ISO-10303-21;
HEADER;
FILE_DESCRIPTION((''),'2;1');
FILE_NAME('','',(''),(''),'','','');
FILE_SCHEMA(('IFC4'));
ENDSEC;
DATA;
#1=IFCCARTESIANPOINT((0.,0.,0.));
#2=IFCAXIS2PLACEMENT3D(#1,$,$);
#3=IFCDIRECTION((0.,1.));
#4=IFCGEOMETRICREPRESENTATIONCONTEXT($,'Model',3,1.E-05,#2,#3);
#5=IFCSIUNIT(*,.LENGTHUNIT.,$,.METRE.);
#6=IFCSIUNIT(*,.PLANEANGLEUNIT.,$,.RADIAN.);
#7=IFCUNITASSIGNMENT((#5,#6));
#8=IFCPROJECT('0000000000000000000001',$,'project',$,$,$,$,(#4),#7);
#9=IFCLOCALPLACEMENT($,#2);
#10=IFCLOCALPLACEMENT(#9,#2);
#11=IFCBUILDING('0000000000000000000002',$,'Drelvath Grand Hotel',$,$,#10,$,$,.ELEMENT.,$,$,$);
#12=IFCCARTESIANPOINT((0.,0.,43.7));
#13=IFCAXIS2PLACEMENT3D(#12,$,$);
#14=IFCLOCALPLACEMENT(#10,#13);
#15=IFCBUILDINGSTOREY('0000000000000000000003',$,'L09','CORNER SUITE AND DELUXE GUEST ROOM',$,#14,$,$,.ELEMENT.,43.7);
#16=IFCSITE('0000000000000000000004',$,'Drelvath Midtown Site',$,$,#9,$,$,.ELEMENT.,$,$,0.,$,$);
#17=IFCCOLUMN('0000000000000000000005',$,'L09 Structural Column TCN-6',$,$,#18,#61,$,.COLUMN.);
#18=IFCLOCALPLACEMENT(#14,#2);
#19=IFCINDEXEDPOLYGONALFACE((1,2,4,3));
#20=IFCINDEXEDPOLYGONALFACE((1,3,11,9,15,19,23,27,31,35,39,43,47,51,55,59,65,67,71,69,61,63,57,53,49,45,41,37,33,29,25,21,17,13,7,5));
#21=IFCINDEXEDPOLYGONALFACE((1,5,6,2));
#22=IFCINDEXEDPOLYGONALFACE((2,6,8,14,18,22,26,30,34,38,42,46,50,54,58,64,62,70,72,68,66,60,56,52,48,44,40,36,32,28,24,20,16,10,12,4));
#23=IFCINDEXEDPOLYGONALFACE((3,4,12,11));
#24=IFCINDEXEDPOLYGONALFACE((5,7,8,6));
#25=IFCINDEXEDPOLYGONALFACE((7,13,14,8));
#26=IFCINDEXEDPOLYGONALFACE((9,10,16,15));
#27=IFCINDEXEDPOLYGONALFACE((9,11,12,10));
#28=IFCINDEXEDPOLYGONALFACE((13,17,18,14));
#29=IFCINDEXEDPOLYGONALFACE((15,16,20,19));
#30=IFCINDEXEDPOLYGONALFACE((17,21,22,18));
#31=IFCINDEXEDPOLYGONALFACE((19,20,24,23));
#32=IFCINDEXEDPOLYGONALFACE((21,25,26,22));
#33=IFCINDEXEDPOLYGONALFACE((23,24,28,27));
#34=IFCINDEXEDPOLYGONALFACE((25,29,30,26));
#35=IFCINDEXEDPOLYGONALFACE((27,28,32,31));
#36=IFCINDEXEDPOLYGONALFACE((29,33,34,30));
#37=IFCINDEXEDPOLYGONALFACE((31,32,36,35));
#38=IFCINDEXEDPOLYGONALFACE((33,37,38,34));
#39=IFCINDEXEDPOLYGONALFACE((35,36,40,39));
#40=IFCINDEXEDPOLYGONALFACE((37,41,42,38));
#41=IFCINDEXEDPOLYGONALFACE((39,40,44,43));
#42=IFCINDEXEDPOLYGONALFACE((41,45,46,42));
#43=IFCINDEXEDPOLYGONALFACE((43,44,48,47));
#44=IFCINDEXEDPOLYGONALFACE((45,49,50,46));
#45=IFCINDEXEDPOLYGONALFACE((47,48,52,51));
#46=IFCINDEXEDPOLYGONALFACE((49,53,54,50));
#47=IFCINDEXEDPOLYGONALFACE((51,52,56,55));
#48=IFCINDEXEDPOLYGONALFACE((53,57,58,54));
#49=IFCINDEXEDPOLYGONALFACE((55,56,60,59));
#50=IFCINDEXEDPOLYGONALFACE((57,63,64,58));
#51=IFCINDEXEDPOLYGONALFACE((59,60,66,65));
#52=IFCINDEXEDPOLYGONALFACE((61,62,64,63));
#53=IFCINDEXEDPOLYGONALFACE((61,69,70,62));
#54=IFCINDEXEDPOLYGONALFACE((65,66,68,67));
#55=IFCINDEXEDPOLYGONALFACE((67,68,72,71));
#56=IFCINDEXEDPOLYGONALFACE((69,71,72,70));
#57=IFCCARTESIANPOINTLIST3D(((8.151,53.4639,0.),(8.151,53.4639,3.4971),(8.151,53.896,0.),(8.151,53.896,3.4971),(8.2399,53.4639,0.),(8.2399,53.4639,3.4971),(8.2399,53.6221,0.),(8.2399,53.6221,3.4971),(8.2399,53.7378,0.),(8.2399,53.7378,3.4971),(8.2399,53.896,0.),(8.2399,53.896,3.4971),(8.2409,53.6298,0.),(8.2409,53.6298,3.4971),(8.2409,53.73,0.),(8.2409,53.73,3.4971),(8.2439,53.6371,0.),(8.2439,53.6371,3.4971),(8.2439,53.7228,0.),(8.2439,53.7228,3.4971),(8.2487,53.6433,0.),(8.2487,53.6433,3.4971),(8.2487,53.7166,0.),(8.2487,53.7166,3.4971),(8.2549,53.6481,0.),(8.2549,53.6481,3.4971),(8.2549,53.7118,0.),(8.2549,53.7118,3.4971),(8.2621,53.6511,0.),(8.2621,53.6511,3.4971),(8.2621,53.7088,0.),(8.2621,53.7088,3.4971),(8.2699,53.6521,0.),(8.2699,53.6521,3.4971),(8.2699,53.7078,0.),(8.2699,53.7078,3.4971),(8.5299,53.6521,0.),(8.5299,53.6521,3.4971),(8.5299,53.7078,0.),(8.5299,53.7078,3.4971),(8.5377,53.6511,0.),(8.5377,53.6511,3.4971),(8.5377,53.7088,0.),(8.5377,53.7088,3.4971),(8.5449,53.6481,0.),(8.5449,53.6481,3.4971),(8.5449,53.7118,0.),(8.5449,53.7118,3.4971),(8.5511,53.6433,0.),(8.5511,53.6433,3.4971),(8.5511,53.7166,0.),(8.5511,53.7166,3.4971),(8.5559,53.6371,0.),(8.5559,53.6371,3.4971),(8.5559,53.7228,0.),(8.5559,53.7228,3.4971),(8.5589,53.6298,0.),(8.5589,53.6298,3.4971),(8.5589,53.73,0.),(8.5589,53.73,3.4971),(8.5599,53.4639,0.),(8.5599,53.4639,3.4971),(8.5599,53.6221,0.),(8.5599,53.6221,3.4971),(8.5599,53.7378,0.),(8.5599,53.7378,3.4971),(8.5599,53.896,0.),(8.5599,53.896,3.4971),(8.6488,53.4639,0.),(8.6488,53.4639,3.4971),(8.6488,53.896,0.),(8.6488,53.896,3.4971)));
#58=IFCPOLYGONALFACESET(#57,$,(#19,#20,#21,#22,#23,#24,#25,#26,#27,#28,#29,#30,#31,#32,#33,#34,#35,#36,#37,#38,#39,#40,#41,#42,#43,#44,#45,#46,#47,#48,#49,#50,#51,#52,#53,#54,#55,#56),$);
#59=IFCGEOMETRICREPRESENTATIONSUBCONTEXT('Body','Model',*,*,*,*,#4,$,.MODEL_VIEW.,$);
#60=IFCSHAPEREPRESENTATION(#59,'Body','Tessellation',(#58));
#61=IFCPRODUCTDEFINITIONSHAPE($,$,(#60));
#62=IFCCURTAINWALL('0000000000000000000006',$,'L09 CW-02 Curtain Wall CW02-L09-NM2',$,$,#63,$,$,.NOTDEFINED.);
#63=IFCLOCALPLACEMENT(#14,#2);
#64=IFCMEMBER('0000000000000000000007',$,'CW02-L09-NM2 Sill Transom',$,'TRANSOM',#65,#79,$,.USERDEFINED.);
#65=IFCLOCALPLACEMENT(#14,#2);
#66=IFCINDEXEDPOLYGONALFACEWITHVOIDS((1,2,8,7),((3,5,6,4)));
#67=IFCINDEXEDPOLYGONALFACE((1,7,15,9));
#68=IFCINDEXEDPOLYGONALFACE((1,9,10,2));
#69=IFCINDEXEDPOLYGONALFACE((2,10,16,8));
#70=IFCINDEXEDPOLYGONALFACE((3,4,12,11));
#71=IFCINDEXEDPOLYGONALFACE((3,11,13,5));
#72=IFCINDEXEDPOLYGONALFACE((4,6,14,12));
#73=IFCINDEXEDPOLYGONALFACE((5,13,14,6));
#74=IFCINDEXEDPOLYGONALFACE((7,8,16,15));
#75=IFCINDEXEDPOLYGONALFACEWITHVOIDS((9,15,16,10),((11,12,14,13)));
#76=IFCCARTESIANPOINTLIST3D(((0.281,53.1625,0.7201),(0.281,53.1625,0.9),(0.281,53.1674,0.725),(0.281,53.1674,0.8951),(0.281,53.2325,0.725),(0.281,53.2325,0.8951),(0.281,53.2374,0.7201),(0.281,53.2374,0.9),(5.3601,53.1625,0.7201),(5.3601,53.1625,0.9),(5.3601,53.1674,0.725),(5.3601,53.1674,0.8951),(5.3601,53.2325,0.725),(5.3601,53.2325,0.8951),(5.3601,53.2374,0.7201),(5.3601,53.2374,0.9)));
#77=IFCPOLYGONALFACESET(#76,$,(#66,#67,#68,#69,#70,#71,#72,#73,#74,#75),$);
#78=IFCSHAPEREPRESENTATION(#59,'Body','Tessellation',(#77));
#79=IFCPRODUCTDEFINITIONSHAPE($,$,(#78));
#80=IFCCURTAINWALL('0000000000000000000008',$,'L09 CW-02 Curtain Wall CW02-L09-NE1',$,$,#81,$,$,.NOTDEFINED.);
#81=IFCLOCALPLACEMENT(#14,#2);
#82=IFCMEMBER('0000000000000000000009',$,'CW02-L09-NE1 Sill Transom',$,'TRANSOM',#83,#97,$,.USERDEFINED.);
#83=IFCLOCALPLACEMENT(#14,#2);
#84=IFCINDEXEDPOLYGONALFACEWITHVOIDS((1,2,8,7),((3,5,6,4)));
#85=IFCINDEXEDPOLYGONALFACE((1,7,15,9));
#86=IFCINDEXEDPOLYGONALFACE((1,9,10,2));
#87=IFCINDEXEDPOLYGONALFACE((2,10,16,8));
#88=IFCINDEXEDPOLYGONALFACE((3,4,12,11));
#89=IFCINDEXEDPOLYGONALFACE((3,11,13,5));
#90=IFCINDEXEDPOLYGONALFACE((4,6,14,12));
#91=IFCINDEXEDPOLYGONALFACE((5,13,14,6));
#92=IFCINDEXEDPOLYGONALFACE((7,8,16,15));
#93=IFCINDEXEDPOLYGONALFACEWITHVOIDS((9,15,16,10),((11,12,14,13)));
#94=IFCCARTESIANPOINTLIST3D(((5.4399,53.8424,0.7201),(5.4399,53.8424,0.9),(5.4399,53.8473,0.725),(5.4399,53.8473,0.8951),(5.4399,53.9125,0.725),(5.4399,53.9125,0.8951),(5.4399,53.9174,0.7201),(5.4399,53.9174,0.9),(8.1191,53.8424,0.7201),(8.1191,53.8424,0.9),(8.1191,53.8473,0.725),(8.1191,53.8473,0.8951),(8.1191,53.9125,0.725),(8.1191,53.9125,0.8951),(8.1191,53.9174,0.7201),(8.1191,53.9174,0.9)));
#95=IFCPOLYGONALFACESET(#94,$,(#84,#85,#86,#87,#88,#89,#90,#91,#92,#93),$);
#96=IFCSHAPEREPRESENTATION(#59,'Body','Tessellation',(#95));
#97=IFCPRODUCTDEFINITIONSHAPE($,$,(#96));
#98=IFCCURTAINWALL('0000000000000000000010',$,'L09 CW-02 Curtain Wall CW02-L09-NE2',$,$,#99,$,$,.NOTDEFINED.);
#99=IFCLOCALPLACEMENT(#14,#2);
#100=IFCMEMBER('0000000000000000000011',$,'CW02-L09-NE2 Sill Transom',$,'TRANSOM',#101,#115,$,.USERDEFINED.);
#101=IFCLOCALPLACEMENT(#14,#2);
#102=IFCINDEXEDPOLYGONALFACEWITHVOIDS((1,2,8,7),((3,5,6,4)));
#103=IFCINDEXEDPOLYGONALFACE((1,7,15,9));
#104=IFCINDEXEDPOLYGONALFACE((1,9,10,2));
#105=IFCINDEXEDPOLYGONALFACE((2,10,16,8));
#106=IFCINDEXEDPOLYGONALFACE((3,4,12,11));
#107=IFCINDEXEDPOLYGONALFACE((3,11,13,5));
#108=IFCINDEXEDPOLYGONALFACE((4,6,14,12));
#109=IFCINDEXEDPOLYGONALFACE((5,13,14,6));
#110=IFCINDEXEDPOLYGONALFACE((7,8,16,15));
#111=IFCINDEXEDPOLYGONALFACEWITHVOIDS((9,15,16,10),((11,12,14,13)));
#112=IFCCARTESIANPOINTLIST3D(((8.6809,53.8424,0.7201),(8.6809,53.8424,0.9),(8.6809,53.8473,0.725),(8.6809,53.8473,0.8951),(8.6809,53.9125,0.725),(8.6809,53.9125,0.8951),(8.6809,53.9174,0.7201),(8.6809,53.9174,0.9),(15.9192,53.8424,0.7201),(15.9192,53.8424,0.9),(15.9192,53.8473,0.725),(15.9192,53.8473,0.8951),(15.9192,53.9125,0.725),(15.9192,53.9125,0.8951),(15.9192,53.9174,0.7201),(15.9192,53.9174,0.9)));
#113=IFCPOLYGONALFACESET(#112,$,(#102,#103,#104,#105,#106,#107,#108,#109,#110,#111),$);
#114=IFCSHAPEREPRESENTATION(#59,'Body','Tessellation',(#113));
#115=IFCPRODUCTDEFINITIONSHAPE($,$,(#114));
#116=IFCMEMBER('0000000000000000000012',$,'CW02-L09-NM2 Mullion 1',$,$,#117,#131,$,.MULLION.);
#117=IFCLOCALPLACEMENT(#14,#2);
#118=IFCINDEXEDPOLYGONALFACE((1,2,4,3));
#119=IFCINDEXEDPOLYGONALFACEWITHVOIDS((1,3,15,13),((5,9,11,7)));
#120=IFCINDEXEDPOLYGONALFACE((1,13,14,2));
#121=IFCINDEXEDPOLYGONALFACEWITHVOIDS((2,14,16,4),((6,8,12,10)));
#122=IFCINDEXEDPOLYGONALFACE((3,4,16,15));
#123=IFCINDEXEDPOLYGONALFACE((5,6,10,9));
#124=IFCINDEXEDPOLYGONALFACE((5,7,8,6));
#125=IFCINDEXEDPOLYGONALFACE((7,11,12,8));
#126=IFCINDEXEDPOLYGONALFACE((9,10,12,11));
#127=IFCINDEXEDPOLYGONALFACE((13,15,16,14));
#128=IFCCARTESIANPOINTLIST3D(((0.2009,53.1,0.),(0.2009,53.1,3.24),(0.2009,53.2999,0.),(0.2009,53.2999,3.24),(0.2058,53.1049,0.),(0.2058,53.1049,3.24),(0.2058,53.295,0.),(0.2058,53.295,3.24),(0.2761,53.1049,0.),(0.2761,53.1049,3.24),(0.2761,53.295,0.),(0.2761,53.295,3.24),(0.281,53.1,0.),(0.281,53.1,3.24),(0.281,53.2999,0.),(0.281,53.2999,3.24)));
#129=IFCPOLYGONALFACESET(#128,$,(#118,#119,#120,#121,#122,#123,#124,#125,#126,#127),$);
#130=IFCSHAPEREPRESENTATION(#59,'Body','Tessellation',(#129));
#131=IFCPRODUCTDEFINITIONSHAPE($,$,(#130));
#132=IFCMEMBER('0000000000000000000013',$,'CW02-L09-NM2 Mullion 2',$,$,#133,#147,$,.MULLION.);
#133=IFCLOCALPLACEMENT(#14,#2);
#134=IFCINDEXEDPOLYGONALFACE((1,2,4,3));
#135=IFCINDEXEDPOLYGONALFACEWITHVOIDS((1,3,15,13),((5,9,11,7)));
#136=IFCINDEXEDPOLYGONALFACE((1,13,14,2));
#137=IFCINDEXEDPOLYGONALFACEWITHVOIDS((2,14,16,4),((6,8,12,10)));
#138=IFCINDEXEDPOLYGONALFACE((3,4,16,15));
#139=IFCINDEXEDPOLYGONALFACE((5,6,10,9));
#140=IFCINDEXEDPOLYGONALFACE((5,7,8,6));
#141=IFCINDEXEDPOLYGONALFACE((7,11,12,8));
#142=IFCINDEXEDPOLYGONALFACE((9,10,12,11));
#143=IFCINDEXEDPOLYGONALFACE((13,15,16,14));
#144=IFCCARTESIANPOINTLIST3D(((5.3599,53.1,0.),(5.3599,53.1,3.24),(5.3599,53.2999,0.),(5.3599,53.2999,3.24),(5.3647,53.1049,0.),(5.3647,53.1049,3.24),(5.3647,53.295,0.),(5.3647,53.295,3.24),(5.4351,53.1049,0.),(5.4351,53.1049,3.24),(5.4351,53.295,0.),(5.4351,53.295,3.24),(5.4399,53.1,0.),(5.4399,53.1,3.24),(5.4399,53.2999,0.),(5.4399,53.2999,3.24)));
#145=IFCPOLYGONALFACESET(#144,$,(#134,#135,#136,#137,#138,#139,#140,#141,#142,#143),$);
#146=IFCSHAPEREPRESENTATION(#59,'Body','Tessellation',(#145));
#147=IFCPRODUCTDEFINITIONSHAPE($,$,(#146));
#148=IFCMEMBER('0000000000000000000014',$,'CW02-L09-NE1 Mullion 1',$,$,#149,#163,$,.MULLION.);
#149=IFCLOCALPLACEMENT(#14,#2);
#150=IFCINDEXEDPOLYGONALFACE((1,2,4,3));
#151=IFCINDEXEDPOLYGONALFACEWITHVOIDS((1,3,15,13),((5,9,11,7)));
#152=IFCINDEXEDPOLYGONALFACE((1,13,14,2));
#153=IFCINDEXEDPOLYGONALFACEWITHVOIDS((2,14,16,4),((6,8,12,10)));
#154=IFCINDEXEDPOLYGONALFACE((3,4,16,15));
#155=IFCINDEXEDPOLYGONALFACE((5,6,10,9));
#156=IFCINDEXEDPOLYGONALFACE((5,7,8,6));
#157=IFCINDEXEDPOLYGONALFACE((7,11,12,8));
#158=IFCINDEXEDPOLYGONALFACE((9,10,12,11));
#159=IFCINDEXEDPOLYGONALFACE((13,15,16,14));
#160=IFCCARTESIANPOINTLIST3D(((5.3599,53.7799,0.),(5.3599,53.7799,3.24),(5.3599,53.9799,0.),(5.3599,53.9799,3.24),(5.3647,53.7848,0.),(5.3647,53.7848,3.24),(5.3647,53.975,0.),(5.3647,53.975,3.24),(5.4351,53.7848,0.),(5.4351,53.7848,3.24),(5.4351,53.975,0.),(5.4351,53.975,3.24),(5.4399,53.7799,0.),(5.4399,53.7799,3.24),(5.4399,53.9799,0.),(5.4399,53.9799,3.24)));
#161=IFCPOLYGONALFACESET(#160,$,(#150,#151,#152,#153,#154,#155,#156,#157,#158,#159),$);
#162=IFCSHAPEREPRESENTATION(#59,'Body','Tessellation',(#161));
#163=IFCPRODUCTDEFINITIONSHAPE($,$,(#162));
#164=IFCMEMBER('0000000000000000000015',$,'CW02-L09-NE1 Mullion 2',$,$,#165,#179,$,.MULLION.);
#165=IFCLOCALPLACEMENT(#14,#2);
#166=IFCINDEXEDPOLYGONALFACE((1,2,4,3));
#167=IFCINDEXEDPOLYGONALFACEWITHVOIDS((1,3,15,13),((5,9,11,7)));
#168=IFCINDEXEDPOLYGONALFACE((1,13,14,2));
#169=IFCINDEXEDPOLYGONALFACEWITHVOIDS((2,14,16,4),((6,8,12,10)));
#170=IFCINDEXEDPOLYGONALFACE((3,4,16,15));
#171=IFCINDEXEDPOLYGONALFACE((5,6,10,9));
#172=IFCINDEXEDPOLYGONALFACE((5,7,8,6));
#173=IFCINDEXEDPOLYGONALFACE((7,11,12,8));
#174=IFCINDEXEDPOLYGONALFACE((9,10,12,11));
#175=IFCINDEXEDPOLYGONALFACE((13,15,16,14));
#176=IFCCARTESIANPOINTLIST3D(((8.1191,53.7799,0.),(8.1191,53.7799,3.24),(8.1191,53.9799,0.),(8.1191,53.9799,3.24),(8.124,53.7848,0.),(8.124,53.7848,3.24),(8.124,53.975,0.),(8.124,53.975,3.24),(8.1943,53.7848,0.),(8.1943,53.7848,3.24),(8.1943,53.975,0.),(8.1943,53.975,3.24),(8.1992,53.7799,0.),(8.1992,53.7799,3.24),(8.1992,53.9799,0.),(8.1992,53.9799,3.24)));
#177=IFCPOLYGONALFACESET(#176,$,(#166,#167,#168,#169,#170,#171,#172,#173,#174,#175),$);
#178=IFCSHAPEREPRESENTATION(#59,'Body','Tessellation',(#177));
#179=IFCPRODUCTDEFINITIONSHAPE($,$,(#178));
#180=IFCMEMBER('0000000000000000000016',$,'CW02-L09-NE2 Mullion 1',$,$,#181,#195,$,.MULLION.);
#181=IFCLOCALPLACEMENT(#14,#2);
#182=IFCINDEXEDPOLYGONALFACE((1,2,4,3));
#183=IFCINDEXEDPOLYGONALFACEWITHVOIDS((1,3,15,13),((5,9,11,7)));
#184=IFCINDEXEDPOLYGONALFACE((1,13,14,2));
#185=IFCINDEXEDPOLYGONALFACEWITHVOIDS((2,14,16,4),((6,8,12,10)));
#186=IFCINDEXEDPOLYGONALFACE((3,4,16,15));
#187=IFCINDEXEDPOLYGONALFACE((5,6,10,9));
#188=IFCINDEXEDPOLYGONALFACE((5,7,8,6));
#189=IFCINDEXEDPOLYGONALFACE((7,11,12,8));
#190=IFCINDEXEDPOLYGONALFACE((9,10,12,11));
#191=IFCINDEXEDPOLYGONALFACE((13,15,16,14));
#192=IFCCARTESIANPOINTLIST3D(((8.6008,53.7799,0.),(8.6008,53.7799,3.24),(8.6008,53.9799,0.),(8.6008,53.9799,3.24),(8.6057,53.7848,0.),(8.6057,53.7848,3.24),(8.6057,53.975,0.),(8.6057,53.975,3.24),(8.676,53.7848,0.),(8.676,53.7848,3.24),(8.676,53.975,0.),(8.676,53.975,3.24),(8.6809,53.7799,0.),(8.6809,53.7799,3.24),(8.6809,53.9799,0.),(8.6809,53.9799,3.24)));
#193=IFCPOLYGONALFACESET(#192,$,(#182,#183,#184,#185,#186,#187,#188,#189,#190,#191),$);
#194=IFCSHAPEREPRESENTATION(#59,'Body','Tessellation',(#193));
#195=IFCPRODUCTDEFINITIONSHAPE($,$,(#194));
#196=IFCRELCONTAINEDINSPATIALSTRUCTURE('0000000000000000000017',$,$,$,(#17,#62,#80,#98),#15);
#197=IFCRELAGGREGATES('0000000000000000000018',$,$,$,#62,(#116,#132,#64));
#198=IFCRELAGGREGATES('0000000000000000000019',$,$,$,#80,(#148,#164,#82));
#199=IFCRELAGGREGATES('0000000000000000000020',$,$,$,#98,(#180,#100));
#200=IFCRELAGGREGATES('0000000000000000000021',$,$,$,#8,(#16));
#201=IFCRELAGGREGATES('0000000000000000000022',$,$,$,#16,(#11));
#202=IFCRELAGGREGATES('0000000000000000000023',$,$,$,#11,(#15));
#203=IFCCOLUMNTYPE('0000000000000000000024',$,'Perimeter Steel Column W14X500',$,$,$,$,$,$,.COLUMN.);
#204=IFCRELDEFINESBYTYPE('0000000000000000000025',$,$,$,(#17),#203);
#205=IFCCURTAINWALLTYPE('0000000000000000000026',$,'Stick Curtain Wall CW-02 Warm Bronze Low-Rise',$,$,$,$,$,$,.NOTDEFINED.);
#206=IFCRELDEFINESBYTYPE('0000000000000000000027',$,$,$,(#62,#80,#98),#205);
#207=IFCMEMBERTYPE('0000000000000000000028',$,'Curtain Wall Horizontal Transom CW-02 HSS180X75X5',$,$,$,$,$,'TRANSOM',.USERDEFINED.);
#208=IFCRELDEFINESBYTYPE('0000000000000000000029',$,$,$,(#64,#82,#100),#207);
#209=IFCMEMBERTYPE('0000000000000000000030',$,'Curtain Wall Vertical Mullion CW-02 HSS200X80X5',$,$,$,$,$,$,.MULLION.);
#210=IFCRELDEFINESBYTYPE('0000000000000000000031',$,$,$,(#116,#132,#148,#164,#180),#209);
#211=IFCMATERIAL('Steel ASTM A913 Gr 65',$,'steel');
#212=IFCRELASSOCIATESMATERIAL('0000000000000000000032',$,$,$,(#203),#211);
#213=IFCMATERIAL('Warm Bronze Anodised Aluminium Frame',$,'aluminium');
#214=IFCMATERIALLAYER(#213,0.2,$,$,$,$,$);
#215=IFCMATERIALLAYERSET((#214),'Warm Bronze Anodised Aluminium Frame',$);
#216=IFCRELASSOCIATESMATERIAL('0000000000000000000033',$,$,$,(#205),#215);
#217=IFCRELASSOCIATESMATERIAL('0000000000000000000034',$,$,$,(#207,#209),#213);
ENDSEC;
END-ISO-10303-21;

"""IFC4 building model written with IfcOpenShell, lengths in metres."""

from ifc_helpers import new_model, si_unit, direction, frame, origin, origin_2d, place, context, subcontext, project, spatial, hollow_rectangle, i_section, extrude, material, layer, layer_set, material_profile, profile_set, type_object, element, aggregate, save


model = new_model("IFC4")

# Units and contexts
model_context = context("Model", 3, precision=1e-05, world=origin(), true_north=direction((0.0, 1.0)))
body_context = subcontext(model_context, "Body", "Model", "MODEL_VIEW")
ifc_project = project(units=[si_unit("LENGTHUNIT", "METRE"), si_unit("PLANEANGLEUNIT", "RADIAN")], contexts=[model_context])

# Site, building, storey
site_placement = place(None, origin())
site = spatial("IfcSite", under=ifc_project, at=site_placement, Name="Drelvath Midtown Site", CompositionType="ELEMENT", RefElevation=0.0)
building_placement = place(site_placement, origin())
building = spatial("IfcBuilding", under=site, at=building_placement, Name="Drelvath Grand Hotel", CompositionType="ELEMENT")
storey_placement = place(building_placement, frame((0.0, 0.0, 43.7)))
storey = spatial("IfcBuildingStorey", under=building, at=storey_placement, Name="L09", Description="CORNER SUITE AND DELUXE GUEST ROOM", CompositionType="ELEMENT", Elevation=43.7)

# Column
ifc_material_1 = material(Name="Steel ASTM A913 Gr 65", Category="steel")
ifc_material_profile_1 = material_profile(ifc_material_1, i_section(OverallWidth=0.4321, OverallDepth=0.4978, WebThickness=0.0557, FlangeThickness=0.0889, FilletRadius=0.03, at=origin_2d()), Name="W14X500")
ifc_profile_set_1 = profile_set([ifc_material_profile_1], Name="Steel ASTM A913 Gr 65")
column_type = type_object("IfcColumnType", Name="Perimeter Steel Column W14X500", PredefinedType="COLUMN", material=ifc_profile_set_1)
column_placement = place(storey_placement, frame((8.3999, 53.6799, 0.0), z_axis=(0.0, 0.0, 1.0), x_axis=(0.0, 1.0, 0.0)))
element("IfcColumn", 1, at=column_placement, inside=storey, type_object=column_type, Name="L09 Structural Column TCN-6", PredefinedType="COLUMN", context=body_context, shape_type="SweptSolid", body=[
    extrude(i_section(OverallWidth=0.4321, OverallDepth=0.4978, WebThickness=0.0557, FlangeThickness=0.0889, FilletRadius=0.03, at=origin_2d()), origin(), (0.0, 0.0, 1.0), 3.4971),
])

# Curtain walls, members
ifc_material_2 = material(Name="Warm Bronze Anodised Aluminium Frame", Category="aluminium")
ifc_layer_1 = layer(ifc_material_2, 0.2)
ifc_layer_set_1 = layer_set([ifc_layer_1], Name="Warm Bronze Anodised Aluminium Frame")
curtain_wall_type = type_object("IfcCurtainWallType", Name="Stick Curtain Wall CW-02 Warm Bronze Low-Rise", PredefinedType="NOTDEFINED", material=ifc_layer_set_1)
curtain_wall_1_placement = place(storey_placement, origin())
curtain_wall_1 = element("IfcCurtainWall", 2, at=curtain_wall_1_placement, inside=storey, type_object=curtain_wall_type, Name="L09 CW-02 Curtain Wall CW02-L09-NM2", PredefinedType="NOTDEFINED")
ifc_material_profile_2 = material_profile(ifc_material_2, hollow_rectangle(XDim=0.075, YDim=0.1799, WallThickness=0.0049, at=origin_2d()), Name="HSS180X75X5")
ifc_profile_set_2 = profile_set([ifc_material_profile_2], Name="Warm Bronze Anodised Aluminium Frame")
member_type_1 = type_object("IfcMemberType", Name="Curtain Wall Horizontal Transom CW-02 HSS180X75X5", ElementType="TRANSOM", PredefinedType="USERDEFINED", material=ifc_profile_set_2)
member_1_placement = place(storey_placement, frame((0.281, 53.2, 0.8101), z_axis=(1.0, 0.0, 0.0), x_axis=(0.0, 1.0, 0.0)))
member_1 = element("IfcMember", 3, at=member_1_placement, type_object=member_type_1, Name="CW02-L09-NM2 Sill Transom", ObjectType="TRANSOM", PredefinedType="USERDEFINED", context=body_context, shape_type="SweptSolid", body=[
    extrude(hollow_rectangle(XDim=0.075, YDim=0.1799, WallThickness=0.0049, at=origin_2d()), origin(), (0.0, 0.0, 1.0), 5.0791),
])
curtain_wall_2_placement = place(storey_placement, origin())
curtain_wall_2 = element("IfcCurtainWall", 4, at=curtain_wall_2_placement, inside=storey, type_object=curtain_wall_type, Name="L09 CW-02 Curtain Wall CW02-L09-NE1", PredefinedType="NOTDEFINED")
member_2_placement = place(storey_placement, frame((5.4399, 53.8799, 0.8101), z_axis=(1.0, 0.0, 0.0), x_axis=(0.0, 1.0, 0.0)))
member_2 = element("IfcMember", 5, at=member_2_placement, type_object=member_type_1, Name="CW02-L09-NE1 Sill Transom", ObjectType="TRANSOM", PredefinedType="USERDEFINED", context=body_context, shape_type="SweptSolid", body=[
    extrude(hollow_rectangle(XDim=0.075, YDim=0.1799, WallThickness=0.0049, at=origin_2d()), origin(), (0.0, 0.0, 1.0), 2.6792),
])
curtain_wall_3_placement = place(storey_placement, origin())
curtain_wall_3 = element("IfcCurtainWall", 6, at=curtain_wall_3_placement, inside=storey, type_object=curtain_wall_type, Name="L09 CW-02 Curtain Wall CW02-L09-NE2", PredefinedType="NOTDEFINED")
member_3_placement = place(storey_placement, frame((8.6809, 53.8799, 0.8101), z_axis=(1.0, 0.0, 0.0), x_axis=(0.0, 1.0, 0.0)))
member_3 = element("IfcMember", 7, at=member_3_placement, type_object=member_type_1, Name="CW02-L09-NE2 Sill Transom", ObjectType="TRANSOM", PredefinedType="USERDEFINED", context=body_context, shape_type="SweptSolid", body=[
    extrude(hollow_rectangle(XDim=0.075, YDim=0.1799, WallThickness=0.0049, at=origin_2d()), origin(), (0.0, 0.0, 1.0), 7.2383),
])

# Members
ifc_material_profile_3 = material_profile(ifc_material_2, hollow_rectangle(XDim=0.0801, YDim=0.2, WallThickness=0.0049, at=origin_2d()), Name="HSS200X80X5")
ifc_profile_set_3 = profile_set([ifc_material_profile_3], Name="Warm Bronze Anodised Aluminium Frame")
member_type_2 = type_object("IfcMemberType", Name="Curtain Wall Vertical Mullion CW-02 HSS200X80X5", PredefinedType="MULLION", material=ifc_profile_set_3)
member_4_placement = place(storey_placement, frame((0.241, 53.2, 0.0), z_axis=(0.0, 0.0, 1.0), x_axis=(1.0, 0.0, 0.0)))
member_4 = element("IfcMember", 8, at=member_4_placement, type_object=member_type_2, Name="CW02-L09-NM2 Mullion 1", PredefinedType="MULLION", context=body_context, shape_type="SweptSolid", body=[
    extrude(hollow_rectangle(XDim=0.0801, YDim=0.2, WallThickness=0.0049, at=origin_2d()), origin(), (0.0, 0.0, 1.0), 3.24),
])
member_5_placement = place(storey_placement, frame((5.3999, 53.2, 0.0), z_axis=(0.0, 0.0, 1.0), x_axis=(1.0, 0.0, 0.0)))
member_5 = element("IfcMember", 9, at=member_5_placement, type_object=member_type_2, Name="CW02-L09-NM2 Mullion 2", PredefinedType="MULLION", context=body_context, shape_type="SweptSolid", body=[
    extrude(hollow_rectangle(XDim=0.0801, YDim=0.2, WallThickness=0.0049, at=origin_2d()), origin(), (0.0, 0.0, 1.0), 3.24),
])
member_6_placement = place(storey_placement, frame((5.3999, 53.8799, 0.0), z_axis=(0.0, 0.0, 1.0), x_axis=(1.0, 0.0, 0.0)))
member_6 = element("IfcMember", 10, at=member_6_placement, type_object=member_type_2, Name="CW02-L09-NE1 Mullion 1", PredefinedType="MULLION", context=body_context, shape_type="SweptSolid", body=[
    extrude(hollow_rectangle(XDim=0.0801, YDim=0.2, WallThickness=0.0049, at=origin_2d()), origin(), (0.0, 0.0, 1.0), 3.24),
])
member_7_placement = place(storey_placement, frame((8.1592, 53.8799, 0.0), z_axis=(0.0, 0.0, 1.0), x_axis=(1.0, 0.0, 0.0)))
member_7 = element("IfcMember", 11, at=member_7_placement, type_object=member_type_2, Name="CW02-L09-NE1 Mullion 2", PredefinedType="MULLION", context=body_context, shape_type="SweptSolid", body=[
    extrude(hollow_rectangle(XDim=0.0801, YDim=0.2, WallThickness=0.0049, at=origin_2d()), origin(), (0.0, 0.0, 1.0), 3.24),
])
member_8_placement = place(storey_placement, frame((8.6409, 53.8799, 0.0), z_axis=(0.0, 0.0, 1.0), x_axis=(1.0, 0.0, 0.0)))
member_8 = element("IfcMember", 12, at=member_8_placement, type_object=member_type_2, Name="CW02-L09-NE2 Mullion 1", PredefinedType="MULLION", context=body_context, shape_type="SweptSolid", body=[
    extrude(hollow_rectangle(XDim=0.0801, YDim=0.2, WallThickness=0.0049, at=origin_2d()), origin(), (0.0, 0.0, 1.0), 3.24),
])

aggregate(curtain_wall_1, [member_4, member_5, member_1])
aggregate(curtain_wall_2, [member_6, member_7, member_2])
aggregate(curtain_wall_3, [member_8, member_3])

save(model, "model.ifc")
